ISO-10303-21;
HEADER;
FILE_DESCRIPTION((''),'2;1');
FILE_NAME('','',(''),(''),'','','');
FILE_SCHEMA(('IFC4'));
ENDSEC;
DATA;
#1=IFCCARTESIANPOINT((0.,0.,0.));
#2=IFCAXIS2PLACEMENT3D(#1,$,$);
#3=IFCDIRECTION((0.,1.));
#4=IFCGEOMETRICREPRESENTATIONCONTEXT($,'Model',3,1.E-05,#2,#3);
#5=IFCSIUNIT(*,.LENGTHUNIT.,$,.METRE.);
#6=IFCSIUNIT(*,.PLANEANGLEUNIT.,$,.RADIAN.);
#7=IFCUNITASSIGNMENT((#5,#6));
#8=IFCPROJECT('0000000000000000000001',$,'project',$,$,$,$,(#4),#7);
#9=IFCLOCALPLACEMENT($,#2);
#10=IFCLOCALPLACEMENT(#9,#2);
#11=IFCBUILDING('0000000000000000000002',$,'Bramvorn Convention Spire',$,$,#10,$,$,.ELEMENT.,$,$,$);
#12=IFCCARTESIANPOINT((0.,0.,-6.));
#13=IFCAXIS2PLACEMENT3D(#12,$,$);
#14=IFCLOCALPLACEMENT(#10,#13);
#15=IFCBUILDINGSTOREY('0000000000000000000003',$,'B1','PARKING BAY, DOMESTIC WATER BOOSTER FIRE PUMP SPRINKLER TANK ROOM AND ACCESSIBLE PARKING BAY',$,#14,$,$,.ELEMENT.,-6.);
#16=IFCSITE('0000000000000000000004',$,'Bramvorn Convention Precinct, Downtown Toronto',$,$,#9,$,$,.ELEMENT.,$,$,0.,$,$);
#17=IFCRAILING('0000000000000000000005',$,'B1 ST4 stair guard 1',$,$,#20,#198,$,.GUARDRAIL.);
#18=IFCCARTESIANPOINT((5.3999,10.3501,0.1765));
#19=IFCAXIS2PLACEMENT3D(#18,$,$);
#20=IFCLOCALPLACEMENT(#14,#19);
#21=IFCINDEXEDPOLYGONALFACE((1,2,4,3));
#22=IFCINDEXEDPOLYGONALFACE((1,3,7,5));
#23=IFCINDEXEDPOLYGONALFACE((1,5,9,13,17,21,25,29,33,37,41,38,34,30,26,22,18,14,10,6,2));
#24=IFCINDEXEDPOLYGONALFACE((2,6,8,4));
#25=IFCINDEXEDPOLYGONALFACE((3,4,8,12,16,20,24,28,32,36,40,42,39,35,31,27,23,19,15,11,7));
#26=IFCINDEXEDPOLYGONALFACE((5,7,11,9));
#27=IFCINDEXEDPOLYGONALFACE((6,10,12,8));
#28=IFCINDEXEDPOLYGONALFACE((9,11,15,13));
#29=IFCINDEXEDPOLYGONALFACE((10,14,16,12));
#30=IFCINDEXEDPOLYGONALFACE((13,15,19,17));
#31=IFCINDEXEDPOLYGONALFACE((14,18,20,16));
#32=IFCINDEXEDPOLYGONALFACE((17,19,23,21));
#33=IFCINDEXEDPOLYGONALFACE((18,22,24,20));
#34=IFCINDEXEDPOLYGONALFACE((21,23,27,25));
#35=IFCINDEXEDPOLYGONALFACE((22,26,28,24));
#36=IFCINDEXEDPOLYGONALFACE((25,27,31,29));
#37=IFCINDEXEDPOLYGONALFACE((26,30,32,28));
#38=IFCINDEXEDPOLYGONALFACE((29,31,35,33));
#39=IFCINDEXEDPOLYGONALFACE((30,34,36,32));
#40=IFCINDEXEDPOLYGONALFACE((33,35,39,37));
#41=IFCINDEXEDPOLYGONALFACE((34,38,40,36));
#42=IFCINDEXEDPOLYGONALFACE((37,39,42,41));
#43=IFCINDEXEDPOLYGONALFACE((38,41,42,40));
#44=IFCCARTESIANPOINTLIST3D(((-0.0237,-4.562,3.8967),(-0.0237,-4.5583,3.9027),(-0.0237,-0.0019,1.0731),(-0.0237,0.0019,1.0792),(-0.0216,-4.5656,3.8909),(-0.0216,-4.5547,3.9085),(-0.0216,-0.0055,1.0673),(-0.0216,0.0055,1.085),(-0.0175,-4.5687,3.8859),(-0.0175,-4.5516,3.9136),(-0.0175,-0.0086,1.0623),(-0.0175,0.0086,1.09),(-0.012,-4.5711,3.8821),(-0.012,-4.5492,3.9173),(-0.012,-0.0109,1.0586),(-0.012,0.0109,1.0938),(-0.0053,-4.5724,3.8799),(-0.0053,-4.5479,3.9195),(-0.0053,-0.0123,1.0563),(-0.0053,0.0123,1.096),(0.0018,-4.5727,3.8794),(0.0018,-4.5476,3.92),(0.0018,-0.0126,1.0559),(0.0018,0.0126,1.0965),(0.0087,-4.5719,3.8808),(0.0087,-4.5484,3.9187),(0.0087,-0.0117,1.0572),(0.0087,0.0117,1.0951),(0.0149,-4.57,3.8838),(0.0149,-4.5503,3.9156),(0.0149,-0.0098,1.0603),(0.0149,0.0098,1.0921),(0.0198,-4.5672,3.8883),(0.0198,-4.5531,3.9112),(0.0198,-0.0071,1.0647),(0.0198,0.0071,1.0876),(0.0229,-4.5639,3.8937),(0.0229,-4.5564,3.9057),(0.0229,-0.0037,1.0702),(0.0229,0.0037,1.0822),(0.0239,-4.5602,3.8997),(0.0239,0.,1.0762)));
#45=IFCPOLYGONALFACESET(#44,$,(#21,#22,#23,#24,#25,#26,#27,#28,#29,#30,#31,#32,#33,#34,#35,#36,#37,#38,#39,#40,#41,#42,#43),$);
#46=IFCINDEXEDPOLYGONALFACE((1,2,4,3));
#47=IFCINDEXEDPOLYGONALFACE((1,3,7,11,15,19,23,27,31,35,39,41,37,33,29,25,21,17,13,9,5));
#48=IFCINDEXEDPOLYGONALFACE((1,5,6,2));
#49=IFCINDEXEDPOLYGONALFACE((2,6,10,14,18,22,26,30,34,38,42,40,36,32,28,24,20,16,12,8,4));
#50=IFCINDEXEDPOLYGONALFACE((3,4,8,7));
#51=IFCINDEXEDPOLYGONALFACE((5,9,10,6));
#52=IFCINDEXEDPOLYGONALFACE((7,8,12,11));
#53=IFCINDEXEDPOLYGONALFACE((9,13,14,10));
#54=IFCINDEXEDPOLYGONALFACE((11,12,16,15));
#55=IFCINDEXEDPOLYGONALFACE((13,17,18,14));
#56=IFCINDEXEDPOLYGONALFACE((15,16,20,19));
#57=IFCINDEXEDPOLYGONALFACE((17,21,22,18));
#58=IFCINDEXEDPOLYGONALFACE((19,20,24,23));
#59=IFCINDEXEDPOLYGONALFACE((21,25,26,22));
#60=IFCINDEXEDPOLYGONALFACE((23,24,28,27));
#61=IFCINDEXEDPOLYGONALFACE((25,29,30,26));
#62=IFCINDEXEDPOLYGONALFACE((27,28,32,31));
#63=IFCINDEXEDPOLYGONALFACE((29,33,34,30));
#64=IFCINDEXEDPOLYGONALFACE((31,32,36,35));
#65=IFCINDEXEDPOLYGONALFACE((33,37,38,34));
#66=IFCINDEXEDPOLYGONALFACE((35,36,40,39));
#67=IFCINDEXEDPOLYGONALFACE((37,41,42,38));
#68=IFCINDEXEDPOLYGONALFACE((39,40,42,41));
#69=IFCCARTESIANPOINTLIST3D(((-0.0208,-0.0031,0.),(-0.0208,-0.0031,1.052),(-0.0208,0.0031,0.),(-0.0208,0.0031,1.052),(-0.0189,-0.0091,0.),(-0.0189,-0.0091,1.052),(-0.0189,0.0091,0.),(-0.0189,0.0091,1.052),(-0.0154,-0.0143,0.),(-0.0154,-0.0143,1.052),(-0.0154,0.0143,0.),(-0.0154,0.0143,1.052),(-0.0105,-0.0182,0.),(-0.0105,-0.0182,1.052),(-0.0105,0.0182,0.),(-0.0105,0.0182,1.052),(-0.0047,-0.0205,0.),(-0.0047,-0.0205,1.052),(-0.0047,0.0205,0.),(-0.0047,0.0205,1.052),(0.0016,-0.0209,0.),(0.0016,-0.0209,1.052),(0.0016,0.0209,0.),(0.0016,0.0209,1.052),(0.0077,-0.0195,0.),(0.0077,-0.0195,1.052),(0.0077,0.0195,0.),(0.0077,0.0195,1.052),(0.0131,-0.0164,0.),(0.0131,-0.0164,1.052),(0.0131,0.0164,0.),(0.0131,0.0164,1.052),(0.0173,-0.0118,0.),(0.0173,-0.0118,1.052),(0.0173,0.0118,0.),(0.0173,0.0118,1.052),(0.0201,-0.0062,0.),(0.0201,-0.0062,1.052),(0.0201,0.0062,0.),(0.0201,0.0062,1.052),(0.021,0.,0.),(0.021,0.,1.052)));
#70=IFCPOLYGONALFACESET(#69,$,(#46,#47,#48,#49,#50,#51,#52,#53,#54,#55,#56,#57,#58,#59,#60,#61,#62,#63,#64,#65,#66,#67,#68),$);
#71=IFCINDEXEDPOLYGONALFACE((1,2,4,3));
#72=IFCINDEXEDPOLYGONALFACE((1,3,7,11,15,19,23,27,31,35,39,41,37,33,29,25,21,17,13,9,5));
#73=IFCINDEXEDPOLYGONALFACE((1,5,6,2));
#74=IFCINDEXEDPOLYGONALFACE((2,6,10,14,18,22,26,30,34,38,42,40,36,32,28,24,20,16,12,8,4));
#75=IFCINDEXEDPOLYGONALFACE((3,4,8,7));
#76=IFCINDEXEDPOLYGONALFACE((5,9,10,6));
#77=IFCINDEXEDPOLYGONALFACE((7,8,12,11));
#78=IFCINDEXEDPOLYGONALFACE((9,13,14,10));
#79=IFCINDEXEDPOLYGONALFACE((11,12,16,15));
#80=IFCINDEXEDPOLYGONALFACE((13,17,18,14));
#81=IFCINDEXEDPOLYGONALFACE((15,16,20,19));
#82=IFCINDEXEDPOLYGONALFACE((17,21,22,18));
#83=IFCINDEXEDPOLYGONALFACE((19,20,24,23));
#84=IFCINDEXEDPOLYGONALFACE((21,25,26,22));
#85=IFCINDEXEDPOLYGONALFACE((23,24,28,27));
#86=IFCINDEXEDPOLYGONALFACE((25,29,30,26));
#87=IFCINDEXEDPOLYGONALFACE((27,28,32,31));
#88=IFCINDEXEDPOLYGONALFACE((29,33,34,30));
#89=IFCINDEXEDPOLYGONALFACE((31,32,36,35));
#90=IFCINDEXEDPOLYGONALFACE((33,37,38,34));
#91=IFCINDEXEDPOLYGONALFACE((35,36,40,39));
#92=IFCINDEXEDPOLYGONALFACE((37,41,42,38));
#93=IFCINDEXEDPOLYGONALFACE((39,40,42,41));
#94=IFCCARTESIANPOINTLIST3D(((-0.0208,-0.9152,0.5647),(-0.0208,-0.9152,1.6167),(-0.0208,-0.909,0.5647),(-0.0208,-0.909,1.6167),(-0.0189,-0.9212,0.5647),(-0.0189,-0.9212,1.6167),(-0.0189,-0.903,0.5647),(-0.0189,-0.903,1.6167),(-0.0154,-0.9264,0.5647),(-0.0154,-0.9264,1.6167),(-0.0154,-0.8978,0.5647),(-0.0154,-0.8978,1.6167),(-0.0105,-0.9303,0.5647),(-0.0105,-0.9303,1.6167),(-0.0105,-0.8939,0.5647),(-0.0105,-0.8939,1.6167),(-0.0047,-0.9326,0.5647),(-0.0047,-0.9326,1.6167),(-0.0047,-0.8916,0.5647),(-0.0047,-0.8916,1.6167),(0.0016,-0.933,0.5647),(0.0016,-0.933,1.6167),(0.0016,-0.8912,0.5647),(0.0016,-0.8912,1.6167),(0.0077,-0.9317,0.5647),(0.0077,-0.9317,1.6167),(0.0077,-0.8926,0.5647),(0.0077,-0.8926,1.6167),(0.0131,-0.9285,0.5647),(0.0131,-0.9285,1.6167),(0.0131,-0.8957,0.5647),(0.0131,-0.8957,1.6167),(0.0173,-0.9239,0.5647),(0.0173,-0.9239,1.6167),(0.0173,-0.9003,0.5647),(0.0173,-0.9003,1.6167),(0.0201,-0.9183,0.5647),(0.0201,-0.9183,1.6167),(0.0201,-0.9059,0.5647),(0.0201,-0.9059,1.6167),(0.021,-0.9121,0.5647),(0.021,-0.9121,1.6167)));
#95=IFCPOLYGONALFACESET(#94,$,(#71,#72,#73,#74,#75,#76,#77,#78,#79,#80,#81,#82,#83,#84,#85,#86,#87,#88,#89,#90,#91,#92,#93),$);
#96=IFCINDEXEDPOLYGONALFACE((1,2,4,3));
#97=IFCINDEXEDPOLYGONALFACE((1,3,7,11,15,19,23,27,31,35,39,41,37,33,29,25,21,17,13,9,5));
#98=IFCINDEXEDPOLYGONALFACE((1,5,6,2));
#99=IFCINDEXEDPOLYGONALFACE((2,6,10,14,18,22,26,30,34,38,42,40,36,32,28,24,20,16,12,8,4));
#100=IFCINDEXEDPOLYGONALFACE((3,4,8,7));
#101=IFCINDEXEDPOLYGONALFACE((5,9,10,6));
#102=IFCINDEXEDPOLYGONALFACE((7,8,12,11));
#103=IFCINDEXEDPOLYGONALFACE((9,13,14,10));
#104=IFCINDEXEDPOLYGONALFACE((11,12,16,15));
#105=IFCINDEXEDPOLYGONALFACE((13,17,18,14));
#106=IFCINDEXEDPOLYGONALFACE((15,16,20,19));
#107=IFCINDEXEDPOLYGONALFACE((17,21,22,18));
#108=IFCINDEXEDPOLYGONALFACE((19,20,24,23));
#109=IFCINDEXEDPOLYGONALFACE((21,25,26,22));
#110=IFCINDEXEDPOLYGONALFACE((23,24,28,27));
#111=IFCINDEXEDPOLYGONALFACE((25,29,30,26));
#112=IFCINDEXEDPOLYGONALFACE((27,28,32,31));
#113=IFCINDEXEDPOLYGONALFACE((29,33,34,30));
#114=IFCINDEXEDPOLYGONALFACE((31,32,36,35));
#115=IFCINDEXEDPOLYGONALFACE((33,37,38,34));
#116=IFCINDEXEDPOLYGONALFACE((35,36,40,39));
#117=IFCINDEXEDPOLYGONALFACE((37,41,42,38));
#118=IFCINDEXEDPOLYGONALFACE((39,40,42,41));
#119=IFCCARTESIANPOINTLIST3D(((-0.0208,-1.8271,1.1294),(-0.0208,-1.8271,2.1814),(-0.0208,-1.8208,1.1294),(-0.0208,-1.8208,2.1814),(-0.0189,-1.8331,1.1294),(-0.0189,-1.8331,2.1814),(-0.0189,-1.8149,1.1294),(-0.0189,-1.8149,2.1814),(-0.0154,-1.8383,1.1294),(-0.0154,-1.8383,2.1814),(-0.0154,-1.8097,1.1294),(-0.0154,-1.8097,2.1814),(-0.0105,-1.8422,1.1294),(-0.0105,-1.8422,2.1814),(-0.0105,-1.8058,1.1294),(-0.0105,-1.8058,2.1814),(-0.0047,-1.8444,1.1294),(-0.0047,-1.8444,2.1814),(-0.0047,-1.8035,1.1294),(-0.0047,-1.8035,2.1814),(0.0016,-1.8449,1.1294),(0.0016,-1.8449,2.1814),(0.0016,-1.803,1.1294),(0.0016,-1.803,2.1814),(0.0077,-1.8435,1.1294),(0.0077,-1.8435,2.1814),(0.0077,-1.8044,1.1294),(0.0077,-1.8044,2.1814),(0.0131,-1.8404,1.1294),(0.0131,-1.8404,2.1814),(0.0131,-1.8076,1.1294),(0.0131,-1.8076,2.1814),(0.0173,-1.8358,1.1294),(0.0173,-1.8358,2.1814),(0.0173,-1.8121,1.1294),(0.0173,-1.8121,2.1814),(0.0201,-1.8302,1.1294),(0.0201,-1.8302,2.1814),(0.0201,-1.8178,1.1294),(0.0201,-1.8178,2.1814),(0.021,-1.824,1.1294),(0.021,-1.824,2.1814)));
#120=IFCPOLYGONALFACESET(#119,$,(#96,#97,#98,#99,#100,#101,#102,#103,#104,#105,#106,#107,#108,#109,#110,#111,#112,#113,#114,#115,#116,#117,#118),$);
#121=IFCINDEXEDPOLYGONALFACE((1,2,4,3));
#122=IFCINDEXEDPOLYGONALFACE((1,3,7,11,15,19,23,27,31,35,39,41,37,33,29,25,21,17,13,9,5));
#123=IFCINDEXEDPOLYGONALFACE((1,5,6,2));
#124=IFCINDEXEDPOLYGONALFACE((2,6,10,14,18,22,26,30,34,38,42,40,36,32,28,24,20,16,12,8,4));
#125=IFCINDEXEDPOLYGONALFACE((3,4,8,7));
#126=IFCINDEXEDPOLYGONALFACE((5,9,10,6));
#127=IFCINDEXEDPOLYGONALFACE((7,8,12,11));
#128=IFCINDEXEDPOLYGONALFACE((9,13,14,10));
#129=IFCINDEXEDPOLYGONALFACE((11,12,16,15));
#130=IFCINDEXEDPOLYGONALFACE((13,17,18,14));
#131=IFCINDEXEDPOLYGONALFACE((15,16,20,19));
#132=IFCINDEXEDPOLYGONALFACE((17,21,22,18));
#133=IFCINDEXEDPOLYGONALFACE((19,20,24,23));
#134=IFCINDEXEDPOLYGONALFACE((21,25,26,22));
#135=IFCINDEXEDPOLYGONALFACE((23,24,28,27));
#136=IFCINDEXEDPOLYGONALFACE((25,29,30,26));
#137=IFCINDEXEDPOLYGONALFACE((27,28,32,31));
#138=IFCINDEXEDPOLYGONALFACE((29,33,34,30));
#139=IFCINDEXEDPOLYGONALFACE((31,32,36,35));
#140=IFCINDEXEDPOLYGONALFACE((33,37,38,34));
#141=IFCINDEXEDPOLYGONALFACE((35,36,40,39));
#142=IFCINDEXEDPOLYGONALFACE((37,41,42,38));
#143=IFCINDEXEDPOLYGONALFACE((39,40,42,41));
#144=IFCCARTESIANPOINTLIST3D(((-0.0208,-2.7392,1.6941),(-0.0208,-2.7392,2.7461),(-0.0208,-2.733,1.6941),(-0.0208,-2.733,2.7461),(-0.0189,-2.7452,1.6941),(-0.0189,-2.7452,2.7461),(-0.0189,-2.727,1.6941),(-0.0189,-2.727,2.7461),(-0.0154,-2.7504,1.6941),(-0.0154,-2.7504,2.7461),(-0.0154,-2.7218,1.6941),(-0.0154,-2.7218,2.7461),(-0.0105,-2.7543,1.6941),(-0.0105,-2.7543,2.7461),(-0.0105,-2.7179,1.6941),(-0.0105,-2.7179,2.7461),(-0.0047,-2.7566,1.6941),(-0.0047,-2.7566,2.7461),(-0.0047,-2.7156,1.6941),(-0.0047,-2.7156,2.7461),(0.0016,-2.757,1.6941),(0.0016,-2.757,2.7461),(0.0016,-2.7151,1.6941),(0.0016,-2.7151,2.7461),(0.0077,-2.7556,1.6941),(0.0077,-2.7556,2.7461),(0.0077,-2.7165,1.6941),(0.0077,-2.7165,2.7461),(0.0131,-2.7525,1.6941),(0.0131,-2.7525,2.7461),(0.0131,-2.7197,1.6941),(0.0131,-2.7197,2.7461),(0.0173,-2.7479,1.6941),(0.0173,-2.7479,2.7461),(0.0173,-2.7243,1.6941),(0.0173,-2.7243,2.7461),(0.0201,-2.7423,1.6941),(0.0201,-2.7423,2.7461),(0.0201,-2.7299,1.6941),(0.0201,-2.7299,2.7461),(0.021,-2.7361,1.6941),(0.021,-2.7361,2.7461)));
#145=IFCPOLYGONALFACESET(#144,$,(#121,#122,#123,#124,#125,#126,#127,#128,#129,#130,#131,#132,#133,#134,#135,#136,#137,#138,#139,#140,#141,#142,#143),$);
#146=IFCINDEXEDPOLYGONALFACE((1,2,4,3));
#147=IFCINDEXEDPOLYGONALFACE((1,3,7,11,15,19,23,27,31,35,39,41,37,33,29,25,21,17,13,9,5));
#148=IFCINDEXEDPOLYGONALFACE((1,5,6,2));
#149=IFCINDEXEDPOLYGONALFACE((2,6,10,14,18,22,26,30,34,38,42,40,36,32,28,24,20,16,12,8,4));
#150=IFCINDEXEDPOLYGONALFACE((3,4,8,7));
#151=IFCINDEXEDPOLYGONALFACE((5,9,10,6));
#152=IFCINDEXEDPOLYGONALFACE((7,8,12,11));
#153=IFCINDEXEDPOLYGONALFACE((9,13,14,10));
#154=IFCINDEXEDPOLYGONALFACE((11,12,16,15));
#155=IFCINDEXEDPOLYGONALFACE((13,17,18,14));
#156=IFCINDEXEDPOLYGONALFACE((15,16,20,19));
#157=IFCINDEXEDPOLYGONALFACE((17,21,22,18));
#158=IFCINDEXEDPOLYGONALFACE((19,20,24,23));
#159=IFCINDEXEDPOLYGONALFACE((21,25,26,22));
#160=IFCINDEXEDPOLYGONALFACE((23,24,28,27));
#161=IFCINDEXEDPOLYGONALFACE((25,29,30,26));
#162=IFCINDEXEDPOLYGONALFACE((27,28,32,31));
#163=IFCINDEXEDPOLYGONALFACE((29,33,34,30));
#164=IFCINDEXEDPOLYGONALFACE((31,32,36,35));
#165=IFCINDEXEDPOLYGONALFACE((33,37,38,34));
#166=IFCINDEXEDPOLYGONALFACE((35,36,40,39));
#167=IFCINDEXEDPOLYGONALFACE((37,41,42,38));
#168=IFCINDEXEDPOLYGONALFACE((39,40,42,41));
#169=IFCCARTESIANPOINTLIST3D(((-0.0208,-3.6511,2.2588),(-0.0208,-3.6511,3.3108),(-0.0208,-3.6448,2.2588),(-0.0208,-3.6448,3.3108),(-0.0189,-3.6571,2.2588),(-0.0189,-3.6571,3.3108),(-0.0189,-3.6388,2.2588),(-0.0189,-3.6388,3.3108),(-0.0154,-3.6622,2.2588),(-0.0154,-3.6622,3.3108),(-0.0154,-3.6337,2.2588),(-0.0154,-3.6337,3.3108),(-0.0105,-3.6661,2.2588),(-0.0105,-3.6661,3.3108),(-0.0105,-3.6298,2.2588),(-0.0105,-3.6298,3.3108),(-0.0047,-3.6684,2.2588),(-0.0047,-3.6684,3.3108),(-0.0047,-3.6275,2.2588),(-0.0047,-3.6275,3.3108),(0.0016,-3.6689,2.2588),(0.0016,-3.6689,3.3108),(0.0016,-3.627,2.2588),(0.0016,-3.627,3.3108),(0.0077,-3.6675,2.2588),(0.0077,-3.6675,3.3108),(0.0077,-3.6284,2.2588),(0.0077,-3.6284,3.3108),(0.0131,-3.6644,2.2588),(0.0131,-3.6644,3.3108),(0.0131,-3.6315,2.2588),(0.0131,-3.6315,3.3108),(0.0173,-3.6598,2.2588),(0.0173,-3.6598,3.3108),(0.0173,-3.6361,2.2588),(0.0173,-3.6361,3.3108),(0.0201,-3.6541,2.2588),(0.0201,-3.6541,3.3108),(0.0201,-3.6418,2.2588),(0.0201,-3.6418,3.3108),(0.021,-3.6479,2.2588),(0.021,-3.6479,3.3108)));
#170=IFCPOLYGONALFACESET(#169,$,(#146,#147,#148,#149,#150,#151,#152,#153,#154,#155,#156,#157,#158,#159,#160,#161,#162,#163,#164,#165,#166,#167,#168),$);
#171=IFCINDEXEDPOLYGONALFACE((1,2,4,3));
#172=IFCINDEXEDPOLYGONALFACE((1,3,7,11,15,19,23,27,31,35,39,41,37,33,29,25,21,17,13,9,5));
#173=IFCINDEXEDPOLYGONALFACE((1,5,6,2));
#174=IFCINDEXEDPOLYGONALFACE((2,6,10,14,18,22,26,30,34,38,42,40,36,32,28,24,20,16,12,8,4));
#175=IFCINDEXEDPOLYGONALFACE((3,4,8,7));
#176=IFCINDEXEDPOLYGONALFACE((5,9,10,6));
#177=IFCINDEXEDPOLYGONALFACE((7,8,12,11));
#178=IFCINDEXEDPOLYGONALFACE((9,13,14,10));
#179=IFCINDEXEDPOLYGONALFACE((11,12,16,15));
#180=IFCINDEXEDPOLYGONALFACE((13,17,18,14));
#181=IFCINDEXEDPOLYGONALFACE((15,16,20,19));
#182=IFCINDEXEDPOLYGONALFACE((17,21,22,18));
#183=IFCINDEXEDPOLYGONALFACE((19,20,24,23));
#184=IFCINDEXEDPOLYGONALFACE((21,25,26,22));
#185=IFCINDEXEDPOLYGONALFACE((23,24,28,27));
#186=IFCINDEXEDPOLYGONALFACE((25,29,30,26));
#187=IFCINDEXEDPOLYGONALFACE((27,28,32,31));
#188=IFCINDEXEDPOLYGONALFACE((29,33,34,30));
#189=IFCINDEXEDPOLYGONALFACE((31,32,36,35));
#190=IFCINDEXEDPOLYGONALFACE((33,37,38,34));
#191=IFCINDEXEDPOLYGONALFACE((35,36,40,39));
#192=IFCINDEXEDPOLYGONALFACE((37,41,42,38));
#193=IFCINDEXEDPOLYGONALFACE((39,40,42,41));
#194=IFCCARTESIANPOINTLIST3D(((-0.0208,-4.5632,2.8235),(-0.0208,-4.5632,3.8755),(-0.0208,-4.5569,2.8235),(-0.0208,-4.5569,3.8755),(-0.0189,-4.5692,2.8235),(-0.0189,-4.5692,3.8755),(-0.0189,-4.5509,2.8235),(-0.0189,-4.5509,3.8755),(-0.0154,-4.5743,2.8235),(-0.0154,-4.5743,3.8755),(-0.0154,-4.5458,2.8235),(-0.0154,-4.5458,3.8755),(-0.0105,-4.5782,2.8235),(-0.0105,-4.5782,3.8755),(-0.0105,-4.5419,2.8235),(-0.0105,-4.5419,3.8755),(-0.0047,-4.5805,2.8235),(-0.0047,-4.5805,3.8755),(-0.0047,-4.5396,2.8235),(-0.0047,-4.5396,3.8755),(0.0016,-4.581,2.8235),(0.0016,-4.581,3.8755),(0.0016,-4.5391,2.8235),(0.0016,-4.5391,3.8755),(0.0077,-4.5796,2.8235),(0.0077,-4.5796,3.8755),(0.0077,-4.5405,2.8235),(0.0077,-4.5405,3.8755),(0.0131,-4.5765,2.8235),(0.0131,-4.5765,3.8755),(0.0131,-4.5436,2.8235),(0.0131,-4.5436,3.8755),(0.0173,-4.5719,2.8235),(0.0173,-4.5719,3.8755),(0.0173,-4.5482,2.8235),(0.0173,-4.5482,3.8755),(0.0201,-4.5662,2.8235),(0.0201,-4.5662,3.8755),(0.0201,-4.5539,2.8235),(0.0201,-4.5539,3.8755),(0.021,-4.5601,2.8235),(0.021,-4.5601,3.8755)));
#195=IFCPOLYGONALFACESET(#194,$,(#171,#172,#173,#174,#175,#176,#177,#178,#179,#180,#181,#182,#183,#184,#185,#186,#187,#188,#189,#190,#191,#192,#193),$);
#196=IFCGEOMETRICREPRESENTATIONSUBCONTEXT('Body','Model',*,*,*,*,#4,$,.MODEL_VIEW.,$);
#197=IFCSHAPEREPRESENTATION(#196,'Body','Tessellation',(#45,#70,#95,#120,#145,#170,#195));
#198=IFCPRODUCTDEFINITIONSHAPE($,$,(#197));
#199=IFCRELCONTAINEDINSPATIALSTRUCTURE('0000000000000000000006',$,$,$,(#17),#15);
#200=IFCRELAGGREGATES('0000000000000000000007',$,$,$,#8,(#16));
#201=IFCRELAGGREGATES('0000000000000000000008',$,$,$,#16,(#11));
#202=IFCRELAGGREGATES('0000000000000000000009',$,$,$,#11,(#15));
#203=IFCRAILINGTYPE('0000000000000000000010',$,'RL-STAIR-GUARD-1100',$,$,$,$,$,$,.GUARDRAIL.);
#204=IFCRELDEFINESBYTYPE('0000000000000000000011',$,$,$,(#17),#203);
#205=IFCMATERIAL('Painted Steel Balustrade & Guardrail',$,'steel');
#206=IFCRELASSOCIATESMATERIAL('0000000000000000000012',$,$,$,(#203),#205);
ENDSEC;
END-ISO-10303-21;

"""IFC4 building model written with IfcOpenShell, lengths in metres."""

from ifc_helpers import new_model, si_unit, direction, frame, origin, origin_2d, place, context, subcontext, project, spatial, circle, extrude, material, type_object, element, save


model = new_model("IFC4")

# Units and contexts
model_context = context("Model", 3, precision=1e-05, world=origin(), true_north=direction((0.0, 1.0)))
body_context = subcontext(model_context, "Body", "Model", "MODEL_VIEW")
ifc_project = project(units=[si_unit("LENGTHUNIT", "METRE"), si_unit("PLANEANGLEUNIT", "RADIAN")], contexts=[model_context])

# Site, building, storey
site_placement = place(None, origin())
site = spatial("IfcSite", under=ifc_project, at=site_placement, Name="Bramvorn Convention Precinct, Downtown Toronto", CompositionType="ELEMENT", RefElevation=0.0)
building_placement = place(site_placement, origin())
building = spatial("IfcBuilding", under=site, at=building_placement, Name="Bramvorn Convention Spire", CompositionType="ELEMENT")
storey_placement = place(building_placement, frame((0.0, 0.0, -6.0)))
storey = spatial("IfcBuildingStorey", under=building, at=storey_placement, Name="B1", Description="PARKING BAY, DOMESTIC WATER BOOSTER FIRE PUMP SPRINKLER TANK ROOM AND ACCESSIBLE PARKING BAY", CompositionType="ELEMENT", Elevation=-6.0)

# Railing
ifc_material_1 = material(Name="Painted Steel Balustrade & Guardrail", Category="steel")
railing_type_1 = type_object("IfcRailingType", Name="RL-STAIR-GUARD-1100", PredefinedType="GUARDRAIL", material=ifc_material_1)
railing_1_placement = place(storey_placement, frame((5.3999, 10.3501, 0.1765)))
element("IfcRailing", 1, at=railing_1_placement, inside=storey, type_object=railing_type_1, Name="B1 ST4 stair guard 1", PredefinedType="GUARDRAIL", context=body_context, shape_type="SweptSolid", body=[
    extrude(circle(Radius=0.0239, at=origin_2d()), frame((0.0, 0.0, 1.0762), z_axis=(0.0, -0.850216, 0.526435), x_axis=(1.0, 0.0, 0.0)), (0.0, 0.0, 1.0), 5.3635),
    extrude(circle(Radius=0.021, at=origin_2d()), origin(), (0.0, 0.0, 1.0), 1.052),
    extrude(circle(Radius=0.021, at=origin_2d()), frame((0.0, -0.9121, 0.5647)), (0.0, 0.0, 1.0), 1.052),
    extrude(circle(Radius=0.021, at=origin_2d()), frame((0.0, -1.824, 1.1294)), (0.0, 0.0, 1.0), 1.052),
    extrude(circle(Radius=0.021, at=origin_2d()), frame((0.0, -2.7361, 1.6941)), (0.0, 0.0, 1.0), 1.052),
    extrude(circle(Radius=0.021, at=origin_2d()), frame((0.0, -3.6479, 2.2588)), (0.0, 0.0, 1.0), 1.052),
    extrude(circle(Radius=0.021, at=origin_2d()), frame((0.0, -4.5601, 2.8235)), (0.0, 0.0, 1.0), 1.052),
])

save(model, "model.ifc")
